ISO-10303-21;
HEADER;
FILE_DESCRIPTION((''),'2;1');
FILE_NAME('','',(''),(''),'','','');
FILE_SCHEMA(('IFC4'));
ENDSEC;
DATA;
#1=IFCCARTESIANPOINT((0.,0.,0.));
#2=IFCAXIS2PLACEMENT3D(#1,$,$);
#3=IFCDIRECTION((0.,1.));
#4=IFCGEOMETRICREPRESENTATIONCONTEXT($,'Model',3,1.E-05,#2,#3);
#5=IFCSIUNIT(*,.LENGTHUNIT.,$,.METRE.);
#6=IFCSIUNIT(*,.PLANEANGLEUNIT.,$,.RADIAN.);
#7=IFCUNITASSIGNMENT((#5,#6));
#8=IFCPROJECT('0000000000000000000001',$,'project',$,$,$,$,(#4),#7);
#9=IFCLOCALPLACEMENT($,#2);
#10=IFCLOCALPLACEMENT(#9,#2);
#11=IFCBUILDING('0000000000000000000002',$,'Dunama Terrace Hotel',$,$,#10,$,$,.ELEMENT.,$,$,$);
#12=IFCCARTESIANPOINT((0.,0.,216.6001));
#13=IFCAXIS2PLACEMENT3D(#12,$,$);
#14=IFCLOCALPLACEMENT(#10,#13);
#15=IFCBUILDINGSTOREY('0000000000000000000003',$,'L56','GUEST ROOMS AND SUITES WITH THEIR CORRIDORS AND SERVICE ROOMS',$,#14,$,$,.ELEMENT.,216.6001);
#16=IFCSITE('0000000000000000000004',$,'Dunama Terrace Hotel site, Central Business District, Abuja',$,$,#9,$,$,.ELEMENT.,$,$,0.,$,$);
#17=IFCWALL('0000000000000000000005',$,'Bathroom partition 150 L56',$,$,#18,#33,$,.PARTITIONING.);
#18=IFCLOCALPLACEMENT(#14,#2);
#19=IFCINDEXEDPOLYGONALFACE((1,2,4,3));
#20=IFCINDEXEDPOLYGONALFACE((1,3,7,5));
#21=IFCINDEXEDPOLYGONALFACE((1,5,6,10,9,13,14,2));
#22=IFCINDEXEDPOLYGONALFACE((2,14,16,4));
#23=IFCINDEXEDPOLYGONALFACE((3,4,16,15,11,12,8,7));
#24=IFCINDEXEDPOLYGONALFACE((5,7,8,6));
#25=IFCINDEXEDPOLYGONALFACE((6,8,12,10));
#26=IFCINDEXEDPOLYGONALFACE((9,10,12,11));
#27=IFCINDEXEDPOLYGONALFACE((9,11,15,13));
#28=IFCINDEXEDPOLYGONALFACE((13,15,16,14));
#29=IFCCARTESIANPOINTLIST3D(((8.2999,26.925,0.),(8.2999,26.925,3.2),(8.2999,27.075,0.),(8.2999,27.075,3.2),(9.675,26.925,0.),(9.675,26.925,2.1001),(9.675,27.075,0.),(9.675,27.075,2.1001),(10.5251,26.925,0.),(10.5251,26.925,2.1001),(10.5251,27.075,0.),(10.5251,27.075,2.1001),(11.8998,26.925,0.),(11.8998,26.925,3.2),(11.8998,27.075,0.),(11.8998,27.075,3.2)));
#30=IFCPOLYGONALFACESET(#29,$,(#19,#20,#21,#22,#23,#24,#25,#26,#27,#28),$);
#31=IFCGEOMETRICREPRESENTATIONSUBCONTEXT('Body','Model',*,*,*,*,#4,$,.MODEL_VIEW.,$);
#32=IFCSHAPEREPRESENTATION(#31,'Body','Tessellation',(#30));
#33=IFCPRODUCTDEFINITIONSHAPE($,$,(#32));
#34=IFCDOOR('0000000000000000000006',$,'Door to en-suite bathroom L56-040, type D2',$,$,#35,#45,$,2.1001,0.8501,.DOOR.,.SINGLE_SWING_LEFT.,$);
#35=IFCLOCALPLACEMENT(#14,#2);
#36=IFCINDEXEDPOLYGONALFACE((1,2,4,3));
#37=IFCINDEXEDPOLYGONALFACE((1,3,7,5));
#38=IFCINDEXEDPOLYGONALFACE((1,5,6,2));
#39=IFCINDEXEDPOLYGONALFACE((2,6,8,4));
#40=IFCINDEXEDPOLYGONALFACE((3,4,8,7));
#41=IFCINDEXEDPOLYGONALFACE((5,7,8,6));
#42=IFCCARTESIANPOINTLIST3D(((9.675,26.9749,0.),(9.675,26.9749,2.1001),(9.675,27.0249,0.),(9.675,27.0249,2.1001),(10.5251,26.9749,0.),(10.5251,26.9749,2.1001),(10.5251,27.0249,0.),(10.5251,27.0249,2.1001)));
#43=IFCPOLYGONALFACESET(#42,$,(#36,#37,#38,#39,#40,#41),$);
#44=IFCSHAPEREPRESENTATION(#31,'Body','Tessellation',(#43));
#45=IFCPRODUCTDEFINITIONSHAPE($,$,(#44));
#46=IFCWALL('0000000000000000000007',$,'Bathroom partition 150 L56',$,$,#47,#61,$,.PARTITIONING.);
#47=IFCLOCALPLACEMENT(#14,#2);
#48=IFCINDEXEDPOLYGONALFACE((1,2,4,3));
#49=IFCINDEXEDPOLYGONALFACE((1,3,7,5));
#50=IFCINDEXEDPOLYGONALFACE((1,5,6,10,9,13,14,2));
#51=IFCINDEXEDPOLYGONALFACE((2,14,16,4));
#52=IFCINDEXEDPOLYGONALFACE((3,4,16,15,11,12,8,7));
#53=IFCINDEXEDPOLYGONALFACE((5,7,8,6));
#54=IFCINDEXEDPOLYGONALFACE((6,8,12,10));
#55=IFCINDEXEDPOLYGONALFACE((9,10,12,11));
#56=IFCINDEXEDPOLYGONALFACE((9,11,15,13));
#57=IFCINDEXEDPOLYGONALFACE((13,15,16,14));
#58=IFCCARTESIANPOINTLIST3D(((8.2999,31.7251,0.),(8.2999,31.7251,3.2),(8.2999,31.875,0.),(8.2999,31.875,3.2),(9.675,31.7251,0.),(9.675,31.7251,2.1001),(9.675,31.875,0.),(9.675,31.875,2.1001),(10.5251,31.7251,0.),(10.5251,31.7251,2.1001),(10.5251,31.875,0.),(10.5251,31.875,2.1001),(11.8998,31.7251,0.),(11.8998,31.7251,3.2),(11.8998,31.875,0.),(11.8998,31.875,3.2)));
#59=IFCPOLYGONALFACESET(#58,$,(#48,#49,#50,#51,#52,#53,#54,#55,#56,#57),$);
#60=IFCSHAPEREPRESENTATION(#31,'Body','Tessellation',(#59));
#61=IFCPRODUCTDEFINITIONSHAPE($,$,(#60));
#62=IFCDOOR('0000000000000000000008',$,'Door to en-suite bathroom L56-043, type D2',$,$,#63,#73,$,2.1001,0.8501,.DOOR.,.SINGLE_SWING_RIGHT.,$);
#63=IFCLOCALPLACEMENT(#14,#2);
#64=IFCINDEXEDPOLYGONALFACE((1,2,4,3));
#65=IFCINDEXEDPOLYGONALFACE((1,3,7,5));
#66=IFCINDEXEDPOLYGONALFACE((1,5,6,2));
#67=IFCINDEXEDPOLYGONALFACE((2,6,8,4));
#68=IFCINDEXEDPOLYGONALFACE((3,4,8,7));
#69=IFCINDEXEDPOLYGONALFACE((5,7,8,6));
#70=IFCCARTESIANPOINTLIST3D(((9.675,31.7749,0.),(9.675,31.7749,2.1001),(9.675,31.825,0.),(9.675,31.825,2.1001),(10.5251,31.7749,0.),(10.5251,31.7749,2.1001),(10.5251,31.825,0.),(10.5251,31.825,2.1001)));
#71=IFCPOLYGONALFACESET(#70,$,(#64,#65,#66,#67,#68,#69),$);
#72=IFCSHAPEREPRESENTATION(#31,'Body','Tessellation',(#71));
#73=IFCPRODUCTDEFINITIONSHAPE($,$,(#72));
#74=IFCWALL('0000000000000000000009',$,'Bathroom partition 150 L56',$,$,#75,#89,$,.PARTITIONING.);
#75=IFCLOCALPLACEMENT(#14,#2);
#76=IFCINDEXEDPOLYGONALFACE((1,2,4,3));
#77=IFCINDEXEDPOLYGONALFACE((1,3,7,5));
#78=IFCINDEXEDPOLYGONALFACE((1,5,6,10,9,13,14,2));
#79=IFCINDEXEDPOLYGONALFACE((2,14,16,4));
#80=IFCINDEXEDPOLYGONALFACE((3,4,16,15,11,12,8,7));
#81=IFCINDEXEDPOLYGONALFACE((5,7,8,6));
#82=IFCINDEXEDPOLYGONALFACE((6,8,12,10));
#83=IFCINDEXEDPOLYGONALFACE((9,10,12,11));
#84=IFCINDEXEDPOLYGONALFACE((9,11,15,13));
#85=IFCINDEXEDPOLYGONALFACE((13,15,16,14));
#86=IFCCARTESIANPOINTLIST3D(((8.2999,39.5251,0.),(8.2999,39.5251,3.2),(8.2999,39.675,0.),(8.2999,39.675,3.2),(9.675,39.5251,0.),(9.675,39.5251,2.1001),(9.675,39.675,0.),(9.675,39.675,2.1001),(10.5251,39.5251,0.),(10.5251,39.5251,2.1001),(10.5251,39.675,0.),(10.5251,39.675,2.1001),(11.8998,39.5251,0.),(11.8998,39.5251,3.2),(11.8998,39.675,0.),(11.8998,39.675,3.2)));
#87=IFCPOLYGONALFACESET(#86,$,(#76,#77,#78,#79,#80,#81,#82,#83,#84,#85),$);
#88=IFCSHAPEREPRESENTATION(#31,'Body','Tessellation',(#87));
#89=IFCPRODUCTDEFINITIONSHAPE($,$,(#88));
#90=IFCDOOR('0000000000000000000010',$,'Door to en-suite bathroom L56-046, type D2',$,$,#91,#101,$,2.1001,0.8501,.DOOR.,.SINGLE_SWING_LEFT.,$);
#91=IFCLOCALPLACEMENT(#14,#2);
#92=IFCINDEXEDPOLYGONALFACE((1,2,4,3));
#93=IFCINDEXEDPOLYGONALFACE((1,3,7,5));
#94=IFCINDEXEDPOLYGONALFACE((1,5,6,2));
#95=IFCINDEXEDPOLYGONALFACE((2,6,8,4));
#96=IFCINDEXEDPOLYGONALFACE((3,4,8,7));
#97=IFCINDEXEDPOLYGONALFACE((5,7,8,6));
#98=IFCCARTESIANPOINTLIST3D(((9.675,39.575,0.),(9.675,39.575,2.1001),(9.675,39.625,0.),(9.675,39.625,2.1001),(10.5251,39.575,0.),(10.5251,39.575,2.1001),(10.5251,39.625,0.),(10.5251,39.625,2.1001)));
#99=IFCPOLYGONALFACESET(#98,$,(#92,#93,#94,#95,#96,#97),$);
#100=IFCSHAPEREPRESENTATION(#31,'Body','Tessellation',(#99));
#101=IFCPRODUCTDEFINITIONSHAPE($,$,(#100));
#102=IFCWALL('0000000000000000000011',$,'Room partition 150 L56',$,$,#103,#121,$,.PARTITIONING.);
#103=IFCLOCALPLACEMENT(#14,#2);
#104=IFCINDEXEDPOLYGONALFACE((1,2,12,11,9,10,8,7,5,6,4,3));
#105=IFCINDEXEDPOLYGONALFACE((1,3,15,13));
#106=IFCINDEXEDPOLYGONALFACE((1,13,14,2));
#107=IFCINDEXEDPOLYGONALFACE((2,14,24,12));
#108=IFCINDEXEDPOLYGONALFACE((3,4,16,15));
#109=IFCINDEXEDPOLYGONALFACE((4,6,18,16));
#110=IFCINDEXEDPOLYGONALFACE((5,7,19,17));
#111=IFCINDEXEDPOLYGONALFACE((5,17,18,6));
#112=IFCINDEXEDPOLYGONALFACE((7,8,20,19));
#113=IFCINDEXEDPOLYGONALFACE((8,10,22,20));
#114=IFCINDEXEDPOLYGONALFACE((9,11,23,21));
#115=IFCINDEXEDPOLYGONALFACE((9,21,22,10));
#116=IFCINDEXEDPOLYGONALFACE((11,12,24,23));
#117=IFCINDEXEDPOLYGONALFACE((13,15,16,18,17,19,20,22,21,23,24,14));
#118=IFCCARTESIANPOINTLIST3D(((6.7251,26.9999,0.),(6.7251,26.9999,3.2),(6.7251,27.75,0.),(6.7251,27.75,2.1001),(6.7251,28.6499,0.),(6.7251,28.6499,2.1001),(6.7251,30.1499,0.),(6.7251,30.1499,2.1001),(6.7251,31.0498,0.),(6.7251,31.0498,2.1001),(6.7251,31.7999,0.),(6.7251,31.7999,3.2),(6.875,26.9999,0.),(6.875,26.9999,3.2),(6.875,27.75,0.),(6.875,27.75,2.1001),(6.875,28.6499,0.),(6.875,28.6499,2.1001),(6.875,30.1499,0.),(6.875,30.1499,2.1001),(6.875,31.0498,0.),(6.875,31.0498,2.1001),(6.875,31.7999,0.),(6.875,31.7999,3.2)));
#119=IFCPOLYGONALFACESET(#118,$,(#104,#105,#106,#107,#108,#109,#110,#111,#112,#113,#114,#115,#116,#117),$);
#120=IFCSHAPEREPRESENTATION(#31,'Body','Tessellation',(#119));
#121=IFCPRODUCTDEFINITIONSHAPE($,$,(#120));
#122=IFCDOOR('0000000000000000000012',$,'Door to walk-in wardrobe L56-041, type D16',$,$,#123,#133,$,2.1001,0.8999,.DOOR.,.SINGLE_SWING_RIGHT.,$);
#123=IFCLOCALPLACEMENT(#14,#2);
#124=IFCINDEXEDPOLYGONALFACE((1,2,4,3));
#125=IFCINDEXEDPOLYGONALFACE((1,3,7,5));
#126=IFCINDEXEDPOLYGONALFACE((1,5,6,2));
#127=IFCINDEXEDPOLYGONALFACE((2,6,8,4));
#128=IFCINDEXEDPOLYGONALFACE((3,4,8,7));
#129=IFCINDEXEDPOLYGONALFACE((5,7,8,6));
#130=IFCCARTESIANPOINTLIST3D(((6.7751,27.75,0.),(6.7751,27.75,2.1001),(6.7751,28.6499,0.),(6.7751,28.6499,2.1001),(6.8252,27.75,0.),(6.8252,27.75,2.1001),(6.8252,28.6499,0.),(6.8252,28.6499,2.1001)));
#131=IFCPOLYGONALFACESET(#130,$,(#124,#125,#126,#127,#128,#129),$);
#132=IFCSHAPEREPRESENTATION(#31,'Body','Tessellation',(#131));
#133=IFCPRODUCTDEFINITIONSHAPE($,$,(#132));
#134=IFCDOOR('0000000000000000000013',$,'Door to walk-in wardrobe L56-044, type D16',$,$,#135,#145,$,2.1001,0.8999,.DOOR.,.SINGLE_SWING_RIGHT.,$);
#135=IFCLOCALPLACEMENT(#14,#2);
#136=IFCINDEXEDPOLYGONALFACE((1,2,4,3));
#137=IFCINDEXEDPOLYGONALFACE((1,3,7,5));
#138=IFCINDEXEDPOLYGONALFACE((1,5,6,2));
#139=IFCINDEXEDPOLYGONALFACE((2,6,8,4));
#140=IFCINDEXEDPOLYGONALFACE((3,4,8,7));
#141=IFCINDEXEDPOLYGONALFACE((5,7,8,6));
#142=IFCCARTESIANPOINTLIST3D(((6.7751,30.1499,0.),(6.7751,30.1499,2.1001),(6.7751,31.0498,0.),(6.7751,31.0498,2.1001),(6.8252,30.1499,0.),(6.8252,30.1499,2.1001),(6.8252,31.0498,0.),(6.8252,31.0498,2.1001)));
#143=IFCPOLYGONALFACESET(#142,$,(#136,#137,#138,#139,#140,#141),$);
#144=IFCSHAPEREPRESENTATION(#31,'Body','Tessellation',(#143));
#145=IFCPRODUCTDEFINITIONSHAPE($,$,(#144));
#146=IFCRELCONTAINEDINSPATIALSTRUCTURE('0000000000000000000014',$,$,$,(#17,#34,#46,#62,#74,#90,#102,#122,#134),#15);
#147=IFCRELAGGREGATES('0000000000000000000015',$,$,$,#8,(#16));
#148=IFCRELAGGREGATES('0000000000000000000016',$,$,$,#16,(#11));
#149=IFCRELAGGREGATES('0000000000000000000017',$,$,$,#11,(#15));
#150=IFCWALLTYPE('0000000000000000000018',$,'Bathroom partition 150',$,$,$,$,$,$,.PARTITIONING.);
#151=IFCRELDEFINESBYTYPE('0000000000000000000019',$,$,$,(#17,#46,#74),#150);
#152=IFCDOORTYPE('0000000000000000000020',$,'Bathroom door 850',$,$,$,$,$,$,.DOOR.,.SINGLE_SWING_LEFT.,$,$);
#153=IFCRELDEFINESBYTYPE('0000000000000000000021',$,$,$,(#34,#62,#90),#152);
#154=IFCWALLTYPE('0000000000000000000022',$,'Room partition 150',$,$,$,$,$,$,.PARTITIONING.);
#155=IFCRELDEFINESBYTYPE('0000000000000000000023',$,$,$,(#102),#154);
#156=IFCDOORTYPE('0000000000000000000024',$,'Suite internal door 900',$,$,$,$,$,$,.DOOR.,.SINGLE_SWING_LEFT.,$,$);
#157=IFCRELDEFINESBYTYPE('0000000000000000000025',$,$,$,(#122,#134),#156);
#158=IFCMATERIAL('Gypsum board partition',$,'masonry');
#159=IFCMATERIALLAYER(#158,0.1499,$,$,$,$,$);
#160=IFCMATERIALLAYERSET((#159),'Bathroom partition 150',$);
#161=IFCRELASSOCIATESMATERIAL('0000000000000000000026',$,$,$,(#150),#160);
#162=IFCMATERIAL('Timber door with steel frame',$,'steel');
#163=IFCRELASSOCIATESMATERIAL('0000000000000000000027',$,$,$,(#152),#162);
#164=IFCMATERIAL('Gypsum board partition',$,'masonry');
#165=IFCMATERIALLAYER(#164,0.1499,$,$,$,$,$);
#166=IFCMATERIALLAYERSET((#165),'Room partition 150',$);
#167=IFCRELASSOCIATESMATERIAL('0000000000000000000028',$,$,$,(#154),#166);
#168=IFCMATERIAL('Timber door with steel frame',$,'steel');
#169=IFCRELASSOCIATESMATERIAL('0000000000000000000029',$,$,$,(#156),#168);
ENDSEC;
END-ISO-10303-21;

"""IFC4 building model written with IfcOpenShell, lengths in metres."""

from ifc_helpers import new_model, si_unit, direction, frame, frame_2d, origin, place, context, subcontext, project, spatial, rectangle, extrude, material, layer, layer_set, type_object, element, fill, save


model = new_model("IFC4")

# Units and contexts
model_context = context("Model", 3, precision=1e-05, world=origin(), true_north=direction((0.0, 1.0)))
body_context = subcontext(model_context, "Body", "Model", "MODEL_VIEW")
ifc_project = project(units=[si_unit("LENGTHUNIT", "METRE"), si_unit("PLANEANGLEUNIT", "RADIAN")], contexts=[model_context])

# Site, building, storey
site_placement = place(None, origin())
site = spatial("IfcSite", under=ifc_project, at=site_placement, Name="Dunama Terrace Hotel site, Central Business District, Abuja", CompositionType="ELEMENT", RefElevation=0.0)
building_placement = place(site_placement, origin())
building = spatial("IfcBuilding", under=site, at=building_placement, Name="Dunama Terrace Hotel", CompositionType="ELEMENT")
storey_placement = place(building_placement, frame((0.0, 0.0, 216.6001)))
storey = spatial("IfcBuildingStorey", under=building, at=storey_placement, Name="L56", Description="GUEST ROOMS AND SUITES WITH THEIR CORRIDORS AND SERVICE ROOMS", CompositionType="ELEMENT", Elevation=216.6001)

# Walls, openings, doors
ifc_material_1 = material(Name="Gypsum board partition", Category="masonry")
ifc_layer_1 = layer(ifc_material_1, 0.1499)
ifc_layer_set_1 = layer_set([ifc_layer_1], Name="Bathroom partition 150")
wall_type_1 = type_object("IfcWallType", Name="Bathroom partition 150", PredefinedType="PARTITIONING", material=ifc_layer_set_1)
wall_1_placement = place(storey_placement, frame((8.3, 27.0, 0.0), z_axis=(0.0, 0.0, 1.0), x_axis=(1.0, 0.0, 0.0)))
wall_1 = element("IfcWall", 1, at=wall_1_placement, inside=storey, type_object=wall_type_1, Name="Bathroom partition 150 L56", PredefinedType="PARTITIONING", context=body_context, shape_type="SweptSolid", body=[
    extrude(rectangle(XDim=3.5999, YDim=0.1499, at=frame_2d((1.7998, 0.0))), origin(), (0.0, 0.0, 1.0), 3.2),
])
opening_1_placement = place(wall_1_placement, frame((1.375, 0.0, 0.0)))
opening_1 = element("IfcOpeningElement", 2, at=opening_1_placement, cuts=wall_1, PredefinedType="OPENING", context=body_context, shape_type="SweptSolid", body=[
    extrude(rectangle(XDim=0.8501, YDim=2.1001, at=frame_2d((0.425, 1.05))), frame((0.0, 0.085, 0.0), z_axis=(0.0, -1.0, 0.0), x_axis=(1.0, 0.0, 0.0)), (0.0, 0.0, 1.0), 0.1699),
])
ifc_material_2 = material(Name="Timber door with steel frame", Category="steel")
door_type_1 = type_object("IfcDoorType", Name="Bathroom door 850", OperationType="SINGLE_SWING_LEFT", PredefinedType="DOOR", material=ifc_material_2)
door_1_placement = place(opening_1_placement, origin())
door_1 = element("IfcDoor", 3, at=door_1_placement, inside=storey, type_object=door_type_1, Name="Door to en-suite bathroom L56-040, type D2", OperationType="SINGLE_SWING_LEFT", OverallHeight=2.1001, OverallWidth=0.8501, PredefinedType="DOOR", context=body_context, shape_type="SweptSolid", body=[
    extrude(rectangle(XDim=0.8501, YDim=2.1001, at=frame_2d((0.425, 1.05))), frame((0.0, 0.0249, 0.0), z_axis=(0.0, -1.0, 0.0), x_axis=(1.0, 0.0, 0.0)), (0.0, 0.0, 1.0), 0.05),
])
fill(opening_1, door_1)
wall_2_placement = place(storey_placement, frame((8.3, 31.8, 0.0), z_axis=(0.0, 0.0, 1.0), x_axis=(1.0, 0.0, 0.0)))
wall_2 = element("IfcWall", 4, at=wall_2_placement, inside=storey, type_object=wall_type_1, Name="Bathroom partition 150 L56", PredefinedType="PARTITIONING", context=body_context, shape_type="SweptSolid", body=[
    extrude(rectangle(XDim=3.5999, YDim=0.1499, at=frame_2d((1.7998, 0.0))), origin(), (0.0, 0.0, 1.0), 3.2),
])
opening_2_placement = place(wall_2_placement, frame((1.375, 0.0, 0.0)))
opening_2 = element("IfcOpeningElement", 5, at=opening_2_placement, cuts=wall_2, PredefinedType="OPENING", context=body_context, shape_type="SweptSolid", body=[
    extrude(rectangle(XDim=0.8501, YDim=2.1001, at=frame_2d((0.425, 1.05))), frame((0.0, 0.085, 0.0), z_axis=(0.0, -1.0, 0.0), x_axis=(1.0, 0.0, 0.0)), (0.0, 0.0, 1.0), 0.1699),
])
door_2_placement = place(opening_2_placement, frame((0.8501, 0.0, 0.0), z_axis=(0.0, 0.0, 1.0), x_axis=(-1.0, 0.0, 0.0)))
door_2 = element("IfcDoor", 6, at=door_2_placement, inside=storey, type_object=door_type_1, Name="Door to en-suite bathroom L56-043, type D2", OperationType="SINGLE_SWING_RIGHT", OverallHeight=2.1001, OverallWidth=0.8501, PredefinedType="DOOR", context=body_context, shape_type="SweptSolid", body=[
    extrude(rectangle(XDim=0.8501, YDim=2.1001, at=frame_2d((0.425, 1.05))), frame((0.0, 0.0251, 0.0), z_axis=(0.0, -1.0, 0.0), x_axis=(1.0, 0.0, 0.0)), (0.0, 0.0, 1.0), 0.05),
])
fill(opening_2, door_2)
wall_3_placement = place(storey_placement, frame((8.3, 39.6001, 0.0), z_axis=(0.0, 0.0, 1.0), x_axis=(1.0, 0.0, 0.0)))
wall_3 = element("IfcWall", 7, at=wall_3_placement, inside=storey, type_object=wall_type_1, Name="Bathroom partition 150 L56", PredefinedType="PARTITIONING", context=body_context, shape_type="SweptSolid", body=[
    extrude(rectangle(XDim=3.5999, YDim=0.1499, at=frame_2d((1.7998, 0.0))), origin(), (0.0, 0.0, 1.0), 3.2),
])
opening_3_placement = place(wall_3_placement, frame((1.375, 0.0, 0.0)))
opening_3 = element("IfcOpeningElement", 8, at=opening_3_placement, cuts=wall_3, PredefinedType="OPENING", context=body_context, shape_type="SweptSolid", body=[
    extrude(rectangle(XDim=0.8501, YDim=2.1001, at=frame_2d((0.425, 1.05))), frame((0.0, 0.085, 0.0), z_axis=(0.0, -1.0, 0.0), x_axis=(1.0, 0.0, 0.0)), (0.0, 0.0, 1.0), 0.1699),
])
door_3_placement = place(opening_3_placement, origin())
door_3 = element("IfcDoor", 9, at=door_3_placement, inside=storey, type_object=door_type_1, Name="Door to en-suite bathroom L56-046, type D2", OperationType="SINGLE_SWING_LEFT", OverallHeight=2.1001, OverallWidth=0.8501, PredefinedType="DOOR", context=body_context, shape_type="SweptSolid", body=[
    extrude(rectangle(XDim=0.8501, YDim=2.1001, at=frame_2d((0.425, 1.05))), frame((0.0, 0.0249, 0.0), z_axis=(0.0, -1.0, 0.0), x_axis=(1.0, 0.0, 0.0)), (0.0, 0.0, 1.0), 0.05),
])
fill(opening_3, door_3)

# Wall, openings, doors
ifc_material_3 = material(Name="Gypsum board partition", Category="masonry")
ifc_layer_2 = layer(ifc_material_3, 0.1499)
ifc_layer_set_2 = layer_set([ifc_layer_2], Name="Room partition 150")
wall_type_2 = type_object("IfcWallType", Name="Room partition 150", PredefinedType="PARTITIONING", material=ifc_layer_set_2)
wall_4_placement = place(storey_placement, frame((6.8, 27.0, 0.0), z_axis=(0.0, 0.0, 1.0), x_axis=(0.0, 1.0, 0.0)))
wall_4 = element("IfcWall", 10, at=wall_4_placement, inside=storey, type_object=wall_type_2, Name="Room partition 150 L56", PredefinedType="PARTITIONING", context=body_context, shape_type="SweptSolid", body=[
    extrude(rectangle(XDim=4.8, YDim=0.1499, at=frame_2d((2.3999, 0.0))), origin(), (0.0, 0.0, 1.0), 3.2),
])
opening_4_placement = place(wall_4_placement, frame((0.75, 0.0, 0.0)))
opening_4 = element("IfcOpeningElement", 11, at=opening_4_placement, cuts=wall_4, PredefinedType="OPENING", context=body_context, shape_type="SweptSolid", body=[
    extrude(rectangle(XDim=0.8999, YDim=2.1001, at=frame_2d((0.45, 1.05))), frame((0.0, 0.085, 0.0), z_axis=(0.0, -1.0, 0.0), x_axis=(1.0, 0.0, 0.0)), (0.0, 0.0, 1.0), 0.1699),
])
opening_5_placement = place(wall_4_placement, frame((3.1499, 0.0, 0.0)))
opening_5 = element("IfcOpeningElement", 12, at=opening_5_placement, cuts=wall_4, PredefinedType="OPENING", context=body_context, shape_type="SweptSolid", body=[
    extrude(rectangle(XDim=0.8999, YDim=2.1001, at=frame_2d((0.45, 1.05))), frame((0.0, 0.085, 0.0), z_axis=(0.0, -1.0, 0.0), x_axis=(1.0, 0.0, 0.0)), (0.0, 0.0, 1.0), 0.1699),
])
ifc_material_4 = material(Name="Timber door with steel frame", Category="steel")
door_type_2 = type_object("IfcDoorType", Name="Suite internal door 900", OperationType="SINGLE_SWING_LEFT", PredefinedType="DOOR", material=ifc_material_4)
door_4_placement = place(opening_4_placement, frame((0.8999, 0.0, 0.0), z_axis=(0.0, 0.0, 1.0), x_axis=(-1.0, 0.0, 0.0)))
door_4 = element("IfcDoor", 13, at=door_4_placement, inside=storey, type_object=door_type_2, Name="Door to walk-in wardrobe L56-041, type D16", OperationType="SINGLE_SWING_RIGHT", OverallHeight=2.1001, OverallWidth=0.8999, PredefinedType="DOOR", context=body_context, shape_type="SweptSolid", body=[
    extrude(rectangle(XDim=0.8999, YDim=2.1001, at=frame_2d((0.45, 1.05))), frame((0.0, 0.0251, 0.0), z_axis=(0.0, -1.0, 0.0), x_axis=(1.0, 0.0, 0.0)), (0.0, 0.0, 1.0), 0.05),
])
fill(opening_4, door_4)
door_5_placement = place(opening_5_placement, frame((0.8999, 0.0, 0.0), z_axis=(0.0, 0.0, 1.0), x_axis=(-1.0, 0.0, 0.0)))
door_5 = element("IfcDoor", 14, at=door_5_placement, inside=storey, type_object=door_type_2, Name="Door to walk-in wardrobe L56-044, type D16", OperationType="SINGLE_SWING_RIGHT", OverallHeight=2.1001, OverallWidth=0.8999, PredefinedType="DOOR", context=body_context, shape_type="SweptSolid", body=[
    extrude(rectangle(XDim=0.8999, YDim=2.1001, at=frame_2d((0.45, 1.05))), frame((0.0, 0.0251, 0.0), z_axis=(0.0, -1.0, 0.0), x_axis=(1.0, 0.0, 0.0)), (0.0, 0.0, 1.0), 0.05),
])
fill(opening_5, door_5)

save(model, "model.ifc")
